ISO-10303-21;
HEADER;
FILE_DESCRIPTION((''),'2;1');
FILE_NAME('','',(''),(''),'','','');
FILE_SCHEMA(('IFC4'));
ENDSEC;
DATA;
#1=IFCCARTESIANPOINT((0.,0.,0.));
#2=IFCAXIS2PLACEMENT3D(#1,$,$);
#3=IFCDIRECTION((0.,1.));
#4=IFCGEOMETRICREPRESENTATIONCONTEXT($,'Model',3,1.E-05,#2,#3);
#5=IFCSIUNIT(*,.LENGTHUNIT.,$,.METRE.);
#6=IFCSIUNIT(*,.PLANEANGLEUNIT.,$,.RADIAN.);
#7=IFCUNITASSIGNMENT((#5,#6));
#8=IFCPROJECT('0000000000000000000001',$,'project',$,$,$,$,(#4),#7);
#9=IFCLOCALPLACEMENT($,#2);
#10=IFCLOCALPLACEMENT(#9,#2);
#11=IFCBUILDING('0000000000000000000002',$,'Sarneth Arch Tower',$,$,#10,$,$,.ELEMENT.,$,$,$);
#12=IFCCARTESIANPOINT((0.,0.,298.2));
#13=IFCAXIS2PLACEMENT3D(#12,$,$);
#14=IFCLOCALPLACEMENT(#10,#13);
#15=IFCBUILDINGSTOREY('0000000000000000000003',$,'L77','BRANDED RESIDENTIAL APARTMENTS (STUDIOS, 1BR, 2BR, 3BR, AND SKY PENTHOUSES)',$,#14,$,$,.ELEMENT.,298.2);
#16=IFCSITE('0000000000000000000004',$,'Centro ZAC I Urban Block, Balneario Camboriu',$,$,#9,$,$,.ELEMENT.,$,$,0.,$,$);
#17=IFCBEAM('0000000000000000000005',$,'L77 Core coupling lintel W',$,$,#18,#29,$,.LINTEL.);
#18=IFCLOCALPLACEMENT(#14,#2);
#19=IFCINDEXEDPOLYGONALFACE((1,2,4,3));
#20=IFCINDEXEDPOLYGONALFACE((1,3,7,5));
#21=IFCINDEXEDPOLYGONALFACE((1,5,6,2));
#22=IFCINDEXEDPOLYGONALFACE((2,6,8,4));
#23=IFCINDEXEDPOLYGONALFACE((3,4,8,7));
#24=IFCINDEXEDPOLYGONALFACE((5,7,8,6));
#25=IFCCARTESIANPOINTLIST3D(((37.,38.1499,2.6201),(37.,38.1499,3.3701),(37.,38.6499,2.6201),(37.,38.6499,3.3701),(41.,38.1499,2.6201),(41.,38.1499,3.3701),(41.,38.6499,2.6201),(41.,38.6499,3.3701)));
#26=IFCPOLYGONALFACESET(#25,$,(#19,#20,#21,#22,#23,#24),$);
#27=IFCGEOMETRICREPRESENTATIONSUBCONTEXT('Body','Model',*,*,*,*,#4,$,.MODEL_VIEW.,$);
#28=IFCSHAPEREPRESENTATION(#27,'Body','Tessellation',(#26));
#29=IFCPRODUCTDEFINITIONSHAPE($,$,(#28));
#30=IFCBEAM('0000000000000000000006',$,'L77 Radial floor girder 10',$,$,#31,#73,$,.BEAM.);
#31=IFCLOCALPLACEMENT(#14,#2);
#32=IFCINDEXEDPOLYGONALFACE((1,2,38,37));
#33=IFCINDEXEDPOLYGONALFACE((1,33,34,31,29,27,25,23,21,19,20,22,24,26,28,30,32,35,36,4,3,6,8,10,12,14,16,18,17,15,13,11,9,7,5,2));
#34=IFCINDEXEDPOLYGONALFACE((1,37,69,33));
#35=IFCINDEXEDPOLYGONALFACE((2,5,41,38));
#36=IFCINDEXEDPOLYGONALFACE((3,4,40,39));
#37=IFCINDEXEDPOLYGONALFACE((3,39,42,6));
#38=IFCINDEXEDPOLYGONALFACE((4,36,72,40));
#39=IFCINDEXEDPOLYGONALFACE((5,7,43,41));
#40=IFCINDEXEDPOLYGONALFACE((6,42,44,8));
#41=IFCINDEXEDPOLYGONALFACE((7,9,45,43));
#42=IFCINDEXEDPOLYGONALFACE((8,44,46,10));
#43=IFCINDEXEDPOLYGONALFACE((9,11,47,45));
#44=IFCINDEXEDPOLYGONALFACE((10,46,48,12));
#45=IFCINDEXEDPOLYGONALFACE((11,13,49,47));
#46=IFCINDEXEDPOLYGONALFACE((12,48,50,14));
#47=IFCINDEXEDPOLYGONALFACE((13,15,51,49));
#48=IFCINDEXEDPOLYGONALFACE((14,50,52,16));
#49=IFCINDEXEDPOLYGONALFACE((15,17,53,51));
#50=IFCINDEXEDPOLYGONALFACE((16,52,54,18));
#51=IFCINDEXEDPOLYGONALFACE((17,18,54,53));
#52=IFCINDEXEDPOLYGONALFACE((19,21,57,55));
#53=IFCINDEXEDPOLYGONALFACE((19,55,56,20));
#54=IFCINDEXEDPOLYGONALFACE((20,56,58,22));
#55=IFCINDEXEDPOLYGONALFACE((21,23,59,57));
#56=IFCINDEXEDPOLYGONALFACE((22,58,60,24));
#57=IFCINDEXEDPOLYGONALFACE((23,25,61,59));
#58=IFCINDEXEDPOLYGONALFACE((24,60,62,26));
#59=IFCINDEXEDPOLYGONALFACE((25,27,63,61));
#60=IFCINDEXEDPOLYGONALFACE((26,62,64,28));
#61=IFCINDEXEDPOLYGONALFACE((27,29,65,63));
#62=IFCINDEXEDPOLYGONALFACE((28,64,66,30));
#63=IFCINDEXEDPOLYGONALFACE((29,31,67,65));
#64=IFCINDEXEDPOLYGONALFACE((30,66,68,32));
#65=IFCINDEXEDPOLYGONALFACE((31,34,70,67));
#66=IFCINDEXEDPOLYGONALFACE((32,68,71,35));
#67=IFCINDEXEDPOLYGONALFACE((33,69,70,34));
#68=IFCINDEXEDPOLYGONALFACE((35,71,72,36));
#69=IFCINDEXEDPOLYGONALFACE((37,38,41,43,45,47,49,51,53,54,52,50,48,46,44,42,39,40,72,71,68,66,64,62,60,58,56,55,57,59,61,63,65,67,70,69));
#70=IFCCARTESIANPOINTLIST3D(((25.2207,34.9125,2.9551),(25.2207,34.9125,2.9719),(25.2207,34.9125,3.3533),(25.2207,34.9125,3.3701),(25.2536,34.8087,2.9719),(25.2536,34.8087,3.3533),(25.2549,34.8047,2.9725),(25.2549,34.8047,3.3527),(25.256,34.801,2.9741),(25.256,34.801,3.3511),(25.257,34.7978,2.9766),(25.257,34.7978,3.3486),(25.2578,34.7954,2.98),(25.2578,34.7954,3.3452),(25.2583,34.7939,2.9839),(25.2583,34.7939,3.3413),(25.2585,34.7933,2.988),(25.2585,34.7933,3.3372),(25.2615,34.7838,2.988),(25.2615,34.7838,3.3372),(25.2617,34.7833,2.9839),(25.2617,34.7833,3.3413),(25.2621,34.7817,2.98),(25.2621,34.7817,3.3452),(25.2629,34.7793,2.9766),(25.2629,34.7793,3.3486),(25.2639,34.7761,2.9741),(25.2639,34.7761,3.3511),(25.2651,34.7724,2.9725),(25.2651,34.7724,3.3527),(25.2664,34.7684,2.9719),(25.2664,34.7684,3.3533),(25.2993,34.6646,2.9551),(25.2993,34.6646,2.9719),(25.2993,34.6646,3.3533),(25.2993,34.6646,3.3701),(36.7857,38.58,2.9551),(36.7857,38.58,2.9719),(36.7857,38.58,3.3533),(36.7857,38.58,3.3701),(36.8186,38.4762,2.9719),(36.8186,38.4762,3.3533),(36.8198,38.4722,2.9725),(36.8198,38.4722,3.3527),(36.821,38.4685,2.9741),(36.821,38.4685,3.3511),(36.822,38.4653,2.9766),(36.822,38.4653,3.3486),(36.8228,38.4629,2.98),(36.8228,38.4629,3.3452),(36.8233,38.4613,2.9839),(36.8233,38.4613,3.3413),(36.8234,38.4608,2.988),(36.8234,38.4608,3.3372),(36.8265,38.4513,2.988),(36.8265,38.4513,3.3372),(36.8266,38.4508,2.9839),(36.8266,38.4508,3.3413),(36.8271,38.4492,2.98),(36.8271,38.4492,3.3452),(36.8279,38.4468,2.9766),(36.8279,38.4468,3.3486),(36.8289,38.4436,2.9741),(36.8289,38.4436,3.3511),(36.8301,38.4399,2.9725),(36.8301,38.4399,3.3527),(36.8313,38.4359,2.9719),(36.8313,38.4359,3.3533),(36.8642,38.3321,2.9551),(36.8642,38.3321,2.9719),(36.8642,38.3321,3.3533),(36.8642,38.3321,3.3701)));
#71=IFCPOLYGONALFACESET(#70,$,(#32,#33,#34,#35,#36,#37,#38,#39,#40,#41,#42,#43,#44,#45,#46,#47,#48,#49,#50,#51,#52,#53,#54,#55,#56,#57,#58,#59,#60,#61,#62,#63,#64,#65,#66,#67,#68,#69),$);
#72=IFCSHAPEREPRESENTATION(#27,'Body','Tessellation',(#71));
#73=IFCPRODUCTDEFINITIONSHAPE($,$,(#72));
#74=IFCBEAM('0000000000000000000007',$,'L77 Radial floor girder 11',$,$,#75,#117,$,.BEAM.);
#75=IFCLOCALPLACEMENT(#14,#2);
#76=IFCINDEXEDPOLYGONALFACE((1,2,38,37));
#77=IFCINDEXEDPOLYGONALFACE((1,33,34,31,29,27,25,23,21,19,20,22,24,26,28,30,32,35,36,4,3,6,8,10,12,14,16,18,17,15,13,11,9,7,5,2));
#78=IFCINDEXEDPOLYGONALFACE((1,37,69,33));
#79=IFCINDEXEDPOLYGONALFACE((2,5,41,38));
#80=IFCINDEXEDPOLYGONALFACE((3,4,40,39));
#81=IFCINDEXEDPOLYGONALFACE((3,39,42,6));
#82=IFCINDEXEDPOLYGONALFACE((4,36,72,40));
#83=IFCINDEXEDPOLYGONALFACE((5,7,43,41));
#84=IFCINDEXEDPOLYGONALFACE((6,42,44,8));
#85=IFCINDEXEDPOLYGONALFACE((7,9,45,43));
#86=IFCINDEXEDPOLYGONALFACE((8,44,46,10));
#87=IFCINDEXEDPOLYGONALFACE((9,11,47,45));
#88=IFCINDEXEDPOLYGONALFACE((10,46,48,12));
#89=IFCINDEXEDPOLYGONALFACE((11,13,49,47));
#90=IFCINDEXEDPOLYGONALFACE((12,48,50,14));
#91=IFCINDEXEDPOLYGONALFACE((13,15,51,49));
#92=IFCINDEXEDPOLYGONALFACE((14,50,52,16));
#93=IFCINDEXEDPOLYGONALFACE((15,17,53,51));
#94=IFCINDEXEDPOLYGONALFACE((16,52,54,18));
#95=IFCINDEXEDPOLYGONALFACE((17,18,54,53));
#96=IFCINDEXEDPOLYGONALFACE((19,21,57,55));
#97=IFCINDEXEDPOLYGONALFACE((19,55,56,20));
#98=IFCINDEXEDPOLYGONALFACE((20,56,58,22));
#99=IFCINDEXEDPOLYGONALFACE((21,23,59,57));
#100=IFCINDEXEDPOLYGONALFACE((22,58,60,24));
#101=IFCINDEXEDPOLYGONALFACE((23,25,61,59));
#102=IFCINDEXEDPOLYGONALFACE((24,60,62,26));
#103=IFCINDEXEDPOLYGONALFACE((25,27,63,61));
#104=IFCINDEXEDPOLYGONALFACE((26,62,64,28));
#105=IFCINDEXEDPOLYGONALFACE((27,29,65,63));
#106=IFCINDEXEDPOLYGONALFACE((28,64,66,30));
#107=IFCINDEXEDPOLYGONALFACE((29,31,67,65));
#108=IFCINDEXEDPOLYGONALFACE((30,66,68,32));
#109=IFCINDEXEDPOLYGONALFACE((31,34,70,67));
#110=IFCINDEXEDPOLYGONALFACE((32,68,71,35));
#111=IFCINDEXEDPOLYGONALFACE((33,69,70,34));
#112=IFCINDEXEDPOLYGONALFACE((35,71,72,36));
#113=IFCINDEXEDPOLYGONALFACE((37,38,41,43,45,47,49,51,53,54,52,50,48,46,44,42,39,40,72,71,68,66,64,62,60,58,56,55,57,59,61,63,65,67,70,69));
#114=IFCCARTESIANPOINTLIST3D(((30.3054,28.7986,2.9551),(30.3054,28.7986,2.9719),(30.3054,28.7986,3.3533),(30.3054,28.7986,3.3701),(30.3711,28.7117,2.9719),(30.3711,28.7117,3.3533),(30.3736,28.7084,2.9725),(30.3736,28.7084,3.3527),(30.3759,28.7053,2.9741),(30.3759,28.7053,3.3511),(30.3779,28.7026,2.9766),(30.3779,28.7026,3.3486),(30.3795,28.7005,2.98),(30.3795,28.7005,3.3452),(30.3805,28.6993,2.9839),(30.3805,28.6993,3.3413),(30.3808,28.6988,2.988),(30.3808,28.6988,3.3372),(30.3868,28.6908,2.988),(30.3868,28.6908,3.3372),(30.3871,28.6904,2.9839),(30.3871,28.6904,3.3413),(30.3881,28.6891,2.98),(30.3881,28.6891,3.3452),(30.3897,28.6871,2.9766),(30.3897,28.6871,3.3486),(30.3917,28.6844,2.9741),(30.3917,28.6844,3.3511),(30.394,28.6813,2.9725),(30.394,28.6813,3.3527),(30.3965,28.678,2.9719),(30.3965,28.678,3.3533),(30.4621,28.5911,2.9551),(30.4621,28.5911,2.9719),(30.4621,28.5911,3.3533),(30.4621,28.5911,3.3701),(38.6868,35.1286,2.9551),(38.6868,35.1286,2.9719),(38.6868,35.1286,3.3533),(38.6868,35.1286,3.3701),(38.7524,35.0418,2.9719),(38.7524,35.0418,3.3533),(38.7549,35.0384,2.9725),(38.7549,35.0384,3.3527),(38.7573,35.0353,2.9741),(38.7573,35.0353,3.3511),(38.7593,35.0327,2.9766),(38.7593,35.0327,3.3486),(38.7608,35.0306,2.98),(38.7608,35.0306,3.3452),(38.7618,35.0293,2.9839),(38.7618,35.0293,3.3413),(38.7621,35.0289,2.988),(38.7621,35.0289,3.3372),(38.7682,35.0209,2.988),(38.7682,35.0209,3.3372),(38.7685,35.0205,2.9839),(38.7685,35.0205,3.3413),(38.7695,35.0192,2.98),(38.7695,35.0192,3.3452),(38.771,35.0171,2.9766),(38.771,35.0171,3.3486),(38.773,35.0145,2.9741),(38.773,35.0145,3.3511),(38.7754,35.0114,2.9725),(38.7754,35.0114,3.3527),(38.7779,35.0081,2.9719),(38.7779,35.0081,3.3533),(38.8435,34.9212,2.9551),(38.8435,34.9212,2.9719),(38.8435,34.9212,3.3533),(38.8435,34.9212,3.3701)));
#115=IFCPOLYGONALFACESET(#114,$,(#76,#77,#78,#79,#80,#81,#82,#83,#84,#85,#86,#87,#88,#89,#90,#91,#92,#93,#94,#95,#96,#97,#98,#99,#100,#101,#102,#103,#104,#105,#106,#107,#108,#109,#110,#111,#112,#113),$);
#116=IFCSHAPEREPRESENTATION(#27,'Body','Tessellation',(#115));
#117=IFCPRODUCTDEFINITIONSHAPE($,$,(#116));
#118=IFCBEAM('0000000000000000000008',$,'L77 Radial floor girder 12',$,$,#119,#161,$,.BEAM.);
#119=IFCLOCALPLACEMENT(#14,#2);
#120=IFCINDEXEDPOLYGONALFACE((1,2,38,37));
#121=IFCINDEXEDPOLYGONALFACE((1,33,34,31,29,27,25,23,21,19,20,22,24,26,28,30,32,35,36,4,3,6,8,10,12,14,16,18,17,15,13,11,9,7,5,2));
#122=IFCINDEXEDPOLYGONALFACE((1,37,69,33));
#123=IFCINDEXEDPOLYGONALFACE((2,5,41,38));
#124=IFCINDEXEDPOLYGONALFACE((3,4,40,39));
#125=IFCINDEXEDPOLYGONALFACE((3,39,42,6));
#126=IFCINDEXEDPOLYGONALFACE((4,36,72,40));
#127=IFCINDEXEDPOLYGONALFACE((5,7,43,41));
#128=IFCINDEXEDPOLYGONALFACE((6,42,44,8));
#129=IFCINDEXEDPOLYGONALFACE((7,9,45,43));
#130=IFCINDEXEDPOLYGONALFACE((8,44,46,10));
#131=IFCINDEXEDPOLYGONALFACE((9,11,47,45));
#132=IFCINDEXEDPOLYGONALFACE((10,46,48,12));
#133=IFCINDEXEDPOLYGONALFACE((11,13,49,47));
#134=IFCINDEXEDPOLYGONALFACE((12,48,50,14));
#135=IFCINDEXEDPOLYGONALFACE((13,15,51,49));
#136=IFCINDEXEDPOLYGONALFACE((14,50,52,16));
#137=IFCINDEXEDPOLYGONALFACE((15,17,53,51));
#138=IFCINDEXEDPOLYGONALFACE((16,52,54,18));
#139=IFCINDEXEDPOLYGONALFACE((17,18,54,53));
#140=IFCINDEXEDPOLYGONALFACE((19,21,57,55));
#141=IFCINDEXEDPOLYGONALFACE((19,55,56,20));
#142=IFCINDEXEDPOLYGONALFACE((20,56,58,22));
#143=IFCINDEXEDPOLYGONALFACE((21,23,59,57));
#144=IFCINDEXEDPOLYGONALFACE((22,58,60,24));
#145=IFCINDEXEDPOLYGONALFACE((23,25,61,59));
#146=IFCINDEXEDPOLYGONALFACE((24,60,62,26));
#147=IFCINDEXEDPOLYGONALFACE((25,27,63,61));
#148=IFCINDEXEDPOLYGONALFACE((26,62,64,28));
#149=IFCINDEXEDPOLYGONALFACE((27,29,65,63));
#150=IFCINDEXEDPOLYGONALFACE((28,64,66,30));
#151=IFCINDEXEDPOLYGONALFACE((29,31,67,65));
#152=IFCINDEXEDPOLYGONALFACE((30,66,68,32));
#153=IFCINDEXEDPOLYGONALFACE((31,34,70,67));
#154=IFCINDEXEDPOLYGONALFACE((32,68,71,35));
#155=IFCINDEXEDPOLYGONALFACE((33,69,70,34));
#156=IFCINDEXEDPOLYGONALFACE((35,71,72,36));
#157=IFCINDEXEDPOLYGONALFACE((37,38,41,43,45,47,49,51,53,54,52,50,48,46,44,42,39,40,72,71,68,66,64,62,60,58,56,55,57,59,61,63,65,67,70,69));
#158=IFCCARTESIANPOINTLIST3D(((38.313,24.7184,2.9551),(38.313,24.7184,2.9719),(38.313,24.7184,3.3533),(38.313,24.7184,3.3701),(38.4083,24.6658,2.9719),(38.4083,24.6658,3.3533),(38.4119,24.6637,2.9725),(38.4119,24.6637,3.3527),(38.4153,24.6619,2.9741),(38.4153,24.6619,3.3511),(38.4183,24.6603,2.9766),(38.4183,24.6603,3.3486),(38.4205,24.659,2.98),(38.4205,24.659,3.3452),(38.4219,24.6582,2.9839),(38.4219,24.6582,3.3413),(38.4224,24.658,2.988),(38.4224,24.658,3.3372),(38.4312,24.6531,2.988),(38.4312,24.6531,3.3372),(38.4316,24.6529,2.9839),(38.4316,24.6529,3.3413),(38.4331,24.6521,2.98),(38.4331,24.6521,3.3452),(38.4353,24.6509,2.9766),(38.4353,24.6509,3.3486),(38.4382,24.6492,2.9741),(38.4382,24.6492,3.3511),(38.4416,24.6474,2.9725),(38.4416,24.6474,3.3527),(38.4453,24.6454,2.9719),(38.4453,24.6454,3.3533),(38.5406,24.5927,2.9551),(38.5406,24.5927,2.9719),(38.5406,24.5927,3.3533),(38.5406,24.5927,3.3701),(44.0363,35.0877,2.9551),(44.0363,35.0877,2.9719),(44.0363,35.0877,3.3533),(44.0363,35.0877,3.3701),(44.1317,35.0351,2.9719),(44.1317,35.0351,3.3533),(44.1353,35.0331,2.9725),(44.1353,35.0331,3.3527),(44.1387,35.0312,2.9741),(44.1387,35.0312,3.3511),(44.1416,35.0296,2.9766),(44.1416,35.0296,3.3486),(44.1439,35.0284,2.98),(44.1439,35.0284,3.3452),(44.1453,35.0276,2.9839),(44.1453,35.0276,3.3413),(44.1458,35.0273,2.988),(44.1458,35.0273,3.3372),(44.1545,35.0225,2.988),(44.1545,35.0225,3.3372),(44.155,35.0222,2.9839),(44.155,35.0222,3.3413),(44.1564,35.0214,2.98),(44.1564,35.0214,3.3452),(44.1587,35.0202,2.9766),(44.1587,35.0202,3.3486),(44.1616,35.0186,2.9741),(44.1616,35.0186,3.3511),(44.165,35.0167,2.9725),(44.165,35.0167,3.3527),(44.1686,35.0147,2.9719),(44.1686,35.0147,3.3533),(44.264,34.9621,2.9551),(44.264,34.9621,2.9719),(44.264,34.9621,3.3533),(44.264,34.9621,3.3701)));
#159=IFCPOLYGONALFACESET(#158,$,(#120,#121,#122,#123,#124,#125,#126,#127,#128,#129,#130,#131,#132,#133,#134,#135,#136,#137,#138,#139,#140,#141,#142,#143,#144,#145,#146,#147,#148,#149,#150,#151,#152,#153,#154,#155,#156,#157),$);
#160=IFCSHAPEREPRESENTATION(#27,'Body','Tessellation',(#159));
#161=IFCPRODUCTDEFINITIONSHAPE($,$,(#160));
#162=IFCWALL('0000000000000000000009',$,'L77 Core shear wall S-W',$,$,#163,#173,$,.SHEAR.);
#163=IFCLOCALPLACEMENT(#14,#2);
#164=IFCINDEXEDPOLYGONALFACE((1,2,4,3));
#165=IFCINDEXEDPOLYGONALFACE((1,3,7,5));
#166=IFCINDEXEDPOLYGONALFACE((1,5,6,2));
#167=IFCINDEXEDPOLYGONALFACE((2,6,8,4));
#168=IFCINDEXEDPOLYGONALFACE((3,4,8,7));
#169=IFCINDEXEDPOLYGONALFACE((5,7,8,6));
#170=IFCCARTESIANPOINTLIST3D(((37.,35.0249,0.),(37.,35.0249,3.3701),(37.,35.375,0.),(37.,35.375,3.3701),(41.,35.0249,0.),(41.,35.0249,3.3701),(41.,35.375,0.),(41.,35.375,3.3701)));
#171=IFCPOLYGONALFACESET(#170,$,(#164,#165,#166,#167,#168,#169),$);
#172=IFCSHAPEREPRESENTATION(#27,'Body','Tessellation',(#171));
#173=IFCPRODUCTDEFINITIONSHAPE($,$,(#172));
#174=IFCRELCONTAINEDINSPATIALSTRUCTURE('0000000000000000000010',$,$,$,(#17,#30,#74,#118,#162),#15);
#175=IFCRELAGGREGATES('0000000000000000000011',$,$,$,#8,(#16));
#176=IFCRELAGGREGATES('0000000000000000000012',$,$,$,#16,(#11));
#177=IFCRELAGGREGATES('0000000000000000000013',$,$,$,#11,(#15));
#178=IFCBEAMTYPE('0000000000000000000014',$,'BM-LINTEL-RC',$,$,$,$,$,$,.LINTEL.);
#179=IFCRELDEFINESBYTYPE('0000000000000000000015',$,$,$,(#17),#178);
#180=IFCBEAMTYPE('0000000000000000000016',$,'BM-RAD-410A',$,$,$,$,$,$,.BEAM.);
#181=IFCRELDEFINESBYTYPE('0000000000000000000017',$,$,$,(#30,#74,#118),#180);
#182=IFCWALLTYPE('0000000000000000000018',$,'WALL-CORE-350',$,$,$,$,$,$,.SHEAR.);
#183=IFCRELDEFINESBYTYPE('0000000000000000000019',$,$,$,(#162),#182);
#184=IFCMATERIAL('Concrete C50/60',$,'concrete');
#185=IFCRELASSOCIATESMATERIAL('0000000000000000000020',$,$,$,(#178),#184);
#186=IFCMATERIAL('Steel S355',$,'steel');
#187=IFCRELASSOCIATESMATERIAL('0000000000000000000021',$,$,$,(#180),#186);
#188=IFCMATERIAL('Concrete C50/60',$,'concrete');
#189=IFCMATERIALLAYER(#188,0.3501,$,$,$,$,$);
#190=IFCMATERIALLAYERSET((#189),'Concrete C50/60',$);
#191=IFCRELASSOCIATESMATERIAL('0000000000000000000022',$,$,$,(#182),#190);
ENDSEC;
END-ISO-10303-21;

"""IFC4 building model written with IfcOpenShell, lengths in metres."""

from ifc_helpers import new_model, si_unit, direction, frame, frame_2d, origin, origin_2d, place, context, subcontext, project, spatial, rectangle, i_section, extrude, material, layer, layer_set, material_profile, profile_set, type_object, element, save


model = new_model("IFC4")

# Units and contexts
model_context = context("Model", 3, precision=1e-05, world=origin(), true_north=direction((0.0, 1.0)))
body_context = subcontext(model_context, "Body", "Model", "MODEL_VIEW")
ifc_project = project(units=[si_unit("LENGTHUNIT", "METRE"), si_unit("PLANEANGLEUNIT", "RADIAN")], contexts=[model_context])

# Site, building, storey
site_placement = place(None, origin())
site = spatial("IfcSite", under=ifc_project, at=site_placement, Name="Centro ZAC I Urban Block, Balneario Camboriu", CompositionType="ELEMENT", RefElevation=0.0)
building_placement = place(site_placement, origin())
building = spatial("IfcBuilding", under=site, at=building_placement, Name="Sarneth Arch Tower", CompositionType="ELEMENT")
storey_placement = place(building_placement, frame((0.0, 0.0, 298.2)))
storey = spatial("IfcBuildingStorey", under=building, at=storey_placement, Name="L77", Description="BRANDED RESIDENTIAL APARTMENTS (STUDIOS, 1BR, 2BR, 3BR, AND SKY PENTHOUSES)", CompositionType="ELEMENT", Elevation=298.2)

# Beams
ifc_material_1 = material(Name="Concrete C50/60", Category="concrete")
ifc_material_profile_1 = material_profile(ifc_material_1, rectangle(XDim=0.5, YDim=0.75, at=origin_2d()), Name="RC-500x750")
ifc_profile_set_1 = profile_set([ifc_material_profile_1], Name="Concrete C50/60")
beam_type_1 = type_object("IfcBeamType", Name="BM-LINTEL-RC", PredefinedType="LINTEL", material=ifc_profile_set_1)
beam_1_placement = place(storey_placement, frame((37.0, 38.3999, 2.9951), z_axis=(1.0, 0.0, 0.0), x_axis=(0.0, 1.0, 0.0)))
element("IfcBeam", 1, at=beam_1_placement, inside=storey, type_object=beam_type_1, Name="L77 Core coupling lintel W", PredefinedType="LINTEL", context=body_context, shape_type="SweptSolid", body=[
    extrude(rectangle(XDim=0.5, YDim=0.75, at=origin_2d()), origin(), (0.0, 0.0, 1.0), 4.0),
])
ifc_material_2 = material(Name="Steel S355", Category="steel")
ifc_material_profile_2 = material_profile(ifc_material_2, i_section(OverallWidth=0.26, OverallDepth=0.415, WebThickness=0.01, FlangeThickness=0.0168, FilletRadius=0.0161, at=origin_2d()), Name="W410x100")
ifc_profile_set_2 = profile_set([ifc_material_profile_2], Name="Steel S355")
beam_type_2 = type_object("IfcBeamType", Name="BM-RAD-410A", PredefinedType="BEAM", material=ifc_profile_set_2)
beam_2_placement = place(storey_placement, frame((36.825, 38.4561, 3.1626), z_axis=(-0.953218, -0.302285, 0.0), x_axis=(0.302285, -0.953218, 0.0)))
element("IfcBeam", 2, at=beam_2_placement, inside=storey, type_object=beam_type_2, Name="L77 Radial floor girder 10", PredefinedType="BEAM", context=body_context, shape_type="SweptSolid", body=[
    extrude(i_section(OverallWidth=0.26, OverallDepth=0.415, WebThickness=0.01, FlangeThickness=0.0168, FilletRadius=0.0161, at=origin_2d()), origin(), (0.0, 0.0, 1.0), 12.1326),
])
beam_3_placement = place(storey_placement, frame((38.7651, 35.0249, 3.1626), z_axis=(-0.797982, -0.602682, 0.0), x_axis=(0.602682, -0.797982, 0.0)))
element("IfcBeam", 3, at=beam_3_placement, inside=storey, type_object=beam_type_2, Name="L77 Radial floor girder 11", PredefinedType="BEAM", context=body_context, shape_type="SweptSolid", body=[
    extrude(i_section(OverallWidth=0.26, OverallDepth=0.415, WebThickness=0.01, FlangeThickness=0.0168, FilletRadius=0.0161, at=origin_2d()), origin(), (0.0, 0.0, 1.0), 10.5032),
])
beam_4_placement = place(storey_placement, frame((44.1501, 35.0249, 3.1626), z_axis=(-0.483229, -0.875494, 0.0), x_axis=(0.875494, -0.483229, 0.0)))
element("IfcBeam", 4, at=beam_4_placement, inside=storey, type_object=beam_type_2, Name="L77 Radial floor girder 12", PredefinedType="BEAM", context=body_context, shape_type="SweptSolid", body=[
    extrude(i_section(OverallWidth=0.26, OverallDepth=0.415, WebThickness=0.01, FlangeThickness=0.0168, FilletRadius=0.0161, at=origin_2d()), origin(), (0.0, 0.0, 1.0), 11.844),
])

# Wall
ifc_material_3 = material(Name="Concrete C50/60", Category="concrete")
ifc_layer_1 = layer(ifc_material_3, 0.3501)
ifc_layer_set_1 = layer_set([ifc_layer_1], Name="Concrete C50/60")
wall_type_1 = type_object("IfcWallType", Name="WALL-CORE-350", PredefinedType="SHEAR", material=ifc_layer_set_1)
wall_1_placement = place(storey_placement, frame((37.0, 35.2, 0.0), z_axis=(0.0, 0.0, 1.0), x_axis=(1.0, 0.0, 0.0)))
element("IfcWall", 5, at=wall_1_placement, inside=storey, type_object=wall_type_1, Name="L77 Core shear wall S-W", PredefinedType="SHEAR", context=body_context, shape_type="SweptSolid", body=[
    extrude(rectangle(XDim=4.0, YDim=0.3501, at=frame_2d((2.0, 0.0))), origin(), (0.0, 0.0, 1.0), 3.3701),
])

save(model, "model.ifc")
